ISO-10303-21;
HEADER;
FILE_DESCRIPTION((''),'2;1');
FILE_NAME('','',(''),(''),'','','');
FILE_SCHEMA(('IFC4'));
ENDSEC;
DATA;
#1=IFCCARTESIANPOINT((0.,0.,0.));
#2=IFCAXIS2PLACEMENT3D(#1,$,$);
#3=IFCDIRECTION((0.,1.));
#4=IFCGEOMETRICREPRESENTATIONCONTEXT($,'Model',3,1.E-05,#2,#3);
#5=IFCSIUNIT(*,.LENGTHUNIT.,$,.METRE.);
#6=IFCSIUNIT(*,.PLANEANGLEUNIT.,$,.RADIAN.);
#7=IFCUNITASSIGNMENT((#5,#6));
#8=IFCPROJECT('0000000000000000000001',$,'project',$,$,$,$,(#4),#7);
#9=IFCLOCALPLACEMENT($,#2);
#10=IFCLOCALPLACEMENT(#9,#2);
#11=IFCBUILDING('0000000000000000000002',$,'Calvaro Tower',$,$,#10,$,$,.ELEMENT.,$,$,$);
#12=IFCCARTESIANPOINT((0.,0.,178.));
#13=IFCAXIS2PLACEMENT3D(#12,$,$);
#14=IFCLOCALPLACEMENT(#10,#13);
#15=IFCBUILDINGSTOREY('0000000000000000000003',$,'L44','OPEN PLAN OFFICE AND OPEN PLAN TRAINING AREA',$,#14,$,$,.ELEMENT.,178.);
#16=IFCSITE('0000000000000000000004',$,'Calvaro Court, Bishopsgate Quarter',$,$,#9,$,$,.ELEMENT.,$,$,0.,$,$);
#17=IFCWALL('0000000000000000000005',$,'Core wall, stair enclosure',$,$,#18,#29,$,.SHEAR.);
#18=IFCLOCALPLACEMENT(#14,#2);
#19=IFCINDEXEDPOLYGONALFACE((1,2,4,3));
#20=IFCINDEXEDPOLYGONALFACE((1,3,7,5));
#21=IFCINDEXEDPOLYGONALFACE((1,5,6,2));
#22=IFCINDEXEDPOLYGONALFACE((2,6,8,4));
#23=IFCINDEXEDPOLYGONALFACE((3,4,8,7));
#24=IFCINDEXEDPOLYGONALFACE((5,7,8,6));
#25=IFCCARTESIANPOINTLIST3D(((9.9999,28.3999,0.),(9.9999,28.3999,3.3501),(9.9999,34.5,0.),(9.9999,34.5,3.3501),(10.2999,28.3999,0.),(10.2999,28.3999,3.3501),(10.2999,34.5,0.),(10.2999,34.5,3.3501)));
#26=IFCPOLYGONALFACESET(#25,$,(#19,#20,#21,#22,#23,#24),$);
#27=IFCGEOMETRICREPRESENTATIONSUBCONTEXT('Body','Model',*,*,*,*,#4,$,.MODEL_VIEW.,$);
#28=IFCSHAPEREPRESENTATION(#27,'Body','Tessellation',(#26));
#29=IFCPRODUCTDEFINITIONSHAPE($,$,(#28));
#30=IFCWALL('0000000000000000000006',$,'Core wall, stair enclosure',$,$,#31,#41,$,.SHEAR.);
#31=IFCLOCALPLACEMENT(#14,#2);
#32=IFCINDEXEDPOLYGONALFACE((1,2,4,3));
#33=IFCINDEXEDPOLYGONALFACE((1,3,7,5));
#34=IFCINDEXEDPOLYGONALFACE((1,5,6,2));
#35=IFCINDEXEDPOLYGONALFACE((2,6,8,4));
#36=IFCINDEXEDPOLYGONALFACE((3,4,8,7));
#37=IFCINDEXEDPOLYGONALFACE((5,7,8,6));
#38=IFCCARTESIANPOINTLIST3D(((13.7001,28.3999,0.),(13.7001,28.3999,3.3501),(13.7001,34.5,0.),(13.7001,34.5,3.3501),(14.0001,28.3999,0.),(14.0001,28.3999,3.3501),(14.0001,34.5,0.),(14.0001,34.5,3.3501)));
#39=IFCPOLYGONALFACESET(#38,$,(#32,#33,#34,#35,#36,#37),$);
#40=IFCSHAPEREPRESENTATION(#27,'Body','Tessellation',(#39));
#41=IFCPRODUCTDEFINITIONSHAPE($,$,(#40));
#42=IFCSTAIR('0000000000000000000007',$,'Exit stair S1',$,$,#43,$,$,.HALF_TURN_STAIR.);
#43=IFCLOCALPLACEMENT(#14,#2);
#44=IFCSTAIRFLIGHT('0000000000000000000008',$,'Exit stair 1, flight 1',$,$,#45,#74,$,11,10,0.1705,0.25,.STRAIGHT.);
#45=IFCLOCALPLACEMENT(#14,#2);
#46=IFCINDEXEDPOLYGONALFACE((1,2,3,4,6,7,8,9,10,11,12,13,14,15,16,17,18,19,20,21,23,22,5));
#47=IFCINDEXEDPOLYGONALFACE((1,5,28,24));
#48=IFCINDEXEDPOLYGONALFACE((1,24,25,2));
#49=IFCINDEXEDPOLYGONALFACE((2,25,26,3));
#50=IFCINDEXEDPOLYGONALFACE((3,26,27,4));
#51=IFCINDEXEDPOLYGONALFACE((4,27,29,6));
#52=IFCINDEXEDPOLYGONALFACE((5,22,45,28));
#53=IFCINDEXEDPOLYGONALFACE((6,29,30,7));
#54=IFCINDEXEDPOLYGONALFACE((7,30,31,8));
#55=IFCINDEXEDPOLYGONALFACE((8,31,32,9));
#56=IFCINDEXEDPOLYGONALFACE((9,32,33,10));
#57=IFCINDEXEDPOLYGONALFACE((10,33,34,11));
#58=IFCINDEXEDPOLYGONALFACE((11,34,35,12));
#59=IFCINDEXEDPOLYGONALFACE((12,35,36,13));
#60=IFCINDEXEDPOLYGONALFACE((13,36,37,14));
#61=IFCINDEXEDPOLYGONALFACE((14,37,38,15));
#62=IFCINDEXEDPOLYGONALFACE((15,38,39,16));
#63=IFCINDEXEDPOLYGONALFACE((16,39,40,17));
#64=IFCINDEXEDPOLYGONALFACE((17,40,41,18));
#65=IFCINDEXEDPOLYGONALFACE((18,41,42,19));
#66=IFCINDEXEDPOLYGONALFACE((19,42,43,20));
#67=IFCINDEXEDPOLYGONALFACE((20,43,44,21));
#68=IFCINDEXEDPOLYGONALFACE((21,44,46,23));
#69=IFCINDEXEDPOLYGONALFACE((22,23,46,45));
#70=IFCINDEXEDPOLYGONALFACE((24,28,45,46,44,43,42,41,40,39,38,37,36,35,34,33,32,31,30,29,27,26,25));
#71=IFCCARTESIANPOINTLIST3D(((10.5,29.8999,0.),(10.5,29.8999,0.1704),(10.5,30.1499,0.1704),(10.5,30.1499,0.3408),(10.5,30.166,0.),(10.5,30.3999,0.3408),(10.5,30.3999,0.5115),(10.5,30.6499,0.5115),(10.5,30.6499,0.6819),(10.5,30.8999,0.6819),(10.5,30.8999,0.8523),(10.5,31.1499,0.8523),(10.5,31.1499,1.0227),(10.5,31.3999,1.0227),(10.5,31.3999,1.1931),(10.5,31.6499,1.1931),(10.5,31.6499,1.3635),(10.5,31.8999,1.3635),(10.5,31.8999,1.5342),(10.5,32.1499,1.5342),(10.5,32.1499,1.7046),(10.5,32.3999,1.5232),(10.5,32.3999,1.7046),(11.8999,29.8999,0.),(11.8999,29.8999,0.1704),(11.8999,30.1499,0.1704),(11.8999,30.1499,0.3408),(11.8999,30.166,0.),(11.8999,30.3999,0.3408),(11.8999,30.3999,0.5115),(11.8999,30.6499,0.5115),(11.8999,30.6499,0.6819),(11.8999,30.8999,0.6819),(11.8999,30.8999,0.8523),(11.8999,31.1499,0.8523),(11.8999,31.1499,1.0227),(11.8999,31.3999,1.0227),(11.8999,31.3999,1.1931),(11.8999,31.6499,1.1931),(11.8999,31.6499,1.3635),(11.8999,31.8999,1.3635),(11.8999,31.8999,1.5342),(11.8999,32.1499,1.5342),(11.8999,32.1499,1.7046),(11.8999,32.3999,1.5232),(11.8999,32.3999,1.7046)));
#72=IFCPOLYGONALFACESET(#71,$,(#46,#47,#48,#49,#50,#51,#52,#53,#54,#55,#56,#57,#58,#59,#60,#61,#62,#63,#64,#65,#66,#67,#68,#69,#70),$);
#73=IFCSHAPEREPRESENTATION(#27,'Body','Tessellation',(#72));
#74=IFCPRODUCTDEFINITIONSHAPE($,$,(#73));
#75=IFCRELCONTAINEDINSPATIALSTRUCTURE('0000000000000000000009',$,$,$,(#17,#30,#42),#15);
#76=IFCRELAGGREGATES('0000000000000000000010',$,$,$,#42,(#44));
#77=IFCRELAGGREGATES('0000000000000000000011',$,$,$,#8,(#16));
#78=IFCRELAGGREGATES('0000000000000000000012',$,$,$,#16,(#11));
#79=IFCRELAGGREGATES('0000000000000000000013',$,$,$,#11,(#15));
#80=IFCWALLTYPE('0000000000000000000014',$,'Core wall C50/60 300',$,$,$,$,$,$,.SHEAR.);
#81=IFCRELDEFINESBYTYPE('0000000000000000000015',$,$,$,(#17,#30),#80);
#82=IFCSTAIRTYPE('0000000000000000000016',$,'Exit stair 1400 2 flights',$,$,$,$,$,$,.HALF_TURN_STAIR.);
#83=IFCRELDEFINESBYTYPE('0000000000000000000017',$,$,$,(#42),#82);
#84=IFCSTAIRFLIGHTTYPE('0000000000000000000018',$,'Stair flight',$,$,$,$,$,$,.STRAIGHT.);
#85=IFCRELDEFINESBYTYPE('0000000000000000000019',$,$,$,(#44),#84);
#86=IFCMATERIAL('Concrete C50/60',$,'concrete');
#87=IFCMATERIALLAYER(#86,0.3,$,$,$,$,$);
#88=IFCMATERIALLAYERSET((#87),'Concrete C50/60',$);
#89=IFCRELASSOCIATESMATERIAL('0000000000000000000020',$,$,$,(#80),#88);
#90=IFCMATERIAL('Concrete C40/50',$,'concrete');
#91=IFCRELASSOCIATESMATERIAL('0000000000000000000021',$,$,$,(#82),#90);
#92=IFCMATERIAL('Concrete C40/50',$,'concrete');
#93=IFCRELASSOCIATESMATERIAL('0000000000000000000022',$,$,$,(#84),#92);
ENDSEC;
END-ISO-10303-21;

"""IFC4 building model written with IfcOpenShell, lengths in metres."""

from ifc_helpers import new_model, si_unit, direction, frame, frame_2d, origin, place, context, subcontext, project, spatial, polyline, rectangle, outline, extrude, material, layer, layer_set, type_object, element, aggregate, save


model = new_model("IFC4")

# Units and contexts
model_context = context("Model", 3, precision=1e-05, world=origin(), true_north=direction((0.0, 1.0)))
body_context = subcontext(model_context, "Body", "Model", "MODEL_VIEW")
ifc_project = project(units=[si_unit("LENGTHUNIT", "METRE"), si_unit("PLANEANGLEUNIT", "RADIAN")], contexts=[model_context])

# Site, building, storey
site_placement = place(None, origin())
site = spatial("IfcSite", under=ifc_project, at=site_placement, Name="Calvaro Court, Bishopsgate Quarter", CompositionType="ELEMENT", RefElevation=0.0)
building_placement = place(site_placement, origin())
building = spatial("IfcBuilding", under=site, at=building_placement, Name="Calvaro Tower", CompositionType="ELEMENT")
storey_placement = place(building_placement, frame((0.0, 0.0, 178.0)))
storey = spatial("IfcBuildingStorey", under=building, at=storey_placement, Name="L44", Description="OPEN PLAN OFFICE AND OPEN PLAN TRAINING AREA", CompositionType="ELEMENT", Elevation=178.0)

# Walls
ifc_material_1 = material(Name="Concrete C50/60", Category="concrete")
ifc_layer = layer(ifc_material_1, 0.3)
ifc_layer_set = layer_set([ifc_layer], Name="Concrete C50/60")
wall_type = type_object("IfcWallType", Name="Core wall C50/60 300", PredefinedType="SHEAR", material=ifc_layer_set)
for number, where, z_axis, x_axis, name in (
    (1, (10.1499, 28.3999, 0.0), (0.0, 0.0, 1.0), (0.0, 1.0, 0.0), "Core wall, stair enclosure"),
    (2, (13.8501, 28.3999, 0.0), (0.0, 0.0, 1.0), (0.0, 1.0, 0.0), "Core wall, stair enclosure"),
):
    element("IfcWall", number, at=place(storey_placement, frame(where, z_axis=z_axis, x_axis=x_axis)), inside=storey, type_object=wall_type, Name=name, PredefinedType="SHEAR", context=body_context, shape_type="SweptSolid", body=[
        extrude(rectangle(XDim=6.1001, YDim=0.3, at=frame_2d((3.05, 0.0))), origin(), (0.0, 0.0, 1.0), 3.3501),
    ])

# Stair, stair flight
ifc_material_2 = material(Name="Concrete C40/50", Category="concrete")
stair_type = type_object("IfcStairType", Name="Exit stair 1400 2 flights", PredefinedType="HALF_TURN_STAIR", material=ifc_material_2)
stair_placement = place(storey_placement, origin())
stair = element("IfcStair", 3, at=stair_placement, inside=storey, type_object=stair_type, Name="Exit stair S1", PredefinedType="HALF_TURN_STAIR")
ifc_material_3 = material(Name="Concrete C40/50", Category="concrete")
stair_flight_type = type_object("IfcStairFlightType", Name="Stair flight", PredefinedType="STRAIGHT", material=ifc_material_3)
stair_flight_placement = place(storey_placement, frame((11.2, 29.8999, 0.0), z_axis=(0.0, 0.0, 1.0), x_axis=(0.0, 1.0, 0.0)))
stair_flight = element("IfcStairFlight", 4, at=stair_flight_placement, type_object=stair_flight_type, Name="Exit stair 1, flight 1", NumberOfRisers=11, NumberOfTreads=10, PredefinedType="STRAIGHT", RiserHeight=0.1705, TreadLength=0.25, context=body_context, shape_type="SweptSolid", body=[
    extrude(outline(polyline([(0.0, 0.0), (0.0, 0.1704), (0.25, 0.1704), (0.25, 0.3408), (0.5, 0.3408), (0.5, 0.5115), (0.75, 0.5115), (0.75, 0.6819), (1.0, 0.6819), (1.0, 0.8523), (1.25, 0.8523), (1.25, 1.0227), (1.5, 1.0227), (1.5, 1.1931), (1.75, 1.1931), (1.75, 1.3635), (2.0, 1.3635), (2.0, 1.5342), (2.25, 1.5342), (2.25, 1.7046), (2.5, 1.7046), (2.5, 1.875), (2.5, 1.5232), (0.2661, 0.0), (0.0, 0.0)])), frame((0.0, 0.7, 0.0), z_axis=(0.0, -1.0, 0.0), x_axis=(1.0, 0.0, 0.0)), (0.0, 0.0, 1.0), 1.3999),
])
aggregate(stair, [stair_flight])

save(model, "model.ifc")
